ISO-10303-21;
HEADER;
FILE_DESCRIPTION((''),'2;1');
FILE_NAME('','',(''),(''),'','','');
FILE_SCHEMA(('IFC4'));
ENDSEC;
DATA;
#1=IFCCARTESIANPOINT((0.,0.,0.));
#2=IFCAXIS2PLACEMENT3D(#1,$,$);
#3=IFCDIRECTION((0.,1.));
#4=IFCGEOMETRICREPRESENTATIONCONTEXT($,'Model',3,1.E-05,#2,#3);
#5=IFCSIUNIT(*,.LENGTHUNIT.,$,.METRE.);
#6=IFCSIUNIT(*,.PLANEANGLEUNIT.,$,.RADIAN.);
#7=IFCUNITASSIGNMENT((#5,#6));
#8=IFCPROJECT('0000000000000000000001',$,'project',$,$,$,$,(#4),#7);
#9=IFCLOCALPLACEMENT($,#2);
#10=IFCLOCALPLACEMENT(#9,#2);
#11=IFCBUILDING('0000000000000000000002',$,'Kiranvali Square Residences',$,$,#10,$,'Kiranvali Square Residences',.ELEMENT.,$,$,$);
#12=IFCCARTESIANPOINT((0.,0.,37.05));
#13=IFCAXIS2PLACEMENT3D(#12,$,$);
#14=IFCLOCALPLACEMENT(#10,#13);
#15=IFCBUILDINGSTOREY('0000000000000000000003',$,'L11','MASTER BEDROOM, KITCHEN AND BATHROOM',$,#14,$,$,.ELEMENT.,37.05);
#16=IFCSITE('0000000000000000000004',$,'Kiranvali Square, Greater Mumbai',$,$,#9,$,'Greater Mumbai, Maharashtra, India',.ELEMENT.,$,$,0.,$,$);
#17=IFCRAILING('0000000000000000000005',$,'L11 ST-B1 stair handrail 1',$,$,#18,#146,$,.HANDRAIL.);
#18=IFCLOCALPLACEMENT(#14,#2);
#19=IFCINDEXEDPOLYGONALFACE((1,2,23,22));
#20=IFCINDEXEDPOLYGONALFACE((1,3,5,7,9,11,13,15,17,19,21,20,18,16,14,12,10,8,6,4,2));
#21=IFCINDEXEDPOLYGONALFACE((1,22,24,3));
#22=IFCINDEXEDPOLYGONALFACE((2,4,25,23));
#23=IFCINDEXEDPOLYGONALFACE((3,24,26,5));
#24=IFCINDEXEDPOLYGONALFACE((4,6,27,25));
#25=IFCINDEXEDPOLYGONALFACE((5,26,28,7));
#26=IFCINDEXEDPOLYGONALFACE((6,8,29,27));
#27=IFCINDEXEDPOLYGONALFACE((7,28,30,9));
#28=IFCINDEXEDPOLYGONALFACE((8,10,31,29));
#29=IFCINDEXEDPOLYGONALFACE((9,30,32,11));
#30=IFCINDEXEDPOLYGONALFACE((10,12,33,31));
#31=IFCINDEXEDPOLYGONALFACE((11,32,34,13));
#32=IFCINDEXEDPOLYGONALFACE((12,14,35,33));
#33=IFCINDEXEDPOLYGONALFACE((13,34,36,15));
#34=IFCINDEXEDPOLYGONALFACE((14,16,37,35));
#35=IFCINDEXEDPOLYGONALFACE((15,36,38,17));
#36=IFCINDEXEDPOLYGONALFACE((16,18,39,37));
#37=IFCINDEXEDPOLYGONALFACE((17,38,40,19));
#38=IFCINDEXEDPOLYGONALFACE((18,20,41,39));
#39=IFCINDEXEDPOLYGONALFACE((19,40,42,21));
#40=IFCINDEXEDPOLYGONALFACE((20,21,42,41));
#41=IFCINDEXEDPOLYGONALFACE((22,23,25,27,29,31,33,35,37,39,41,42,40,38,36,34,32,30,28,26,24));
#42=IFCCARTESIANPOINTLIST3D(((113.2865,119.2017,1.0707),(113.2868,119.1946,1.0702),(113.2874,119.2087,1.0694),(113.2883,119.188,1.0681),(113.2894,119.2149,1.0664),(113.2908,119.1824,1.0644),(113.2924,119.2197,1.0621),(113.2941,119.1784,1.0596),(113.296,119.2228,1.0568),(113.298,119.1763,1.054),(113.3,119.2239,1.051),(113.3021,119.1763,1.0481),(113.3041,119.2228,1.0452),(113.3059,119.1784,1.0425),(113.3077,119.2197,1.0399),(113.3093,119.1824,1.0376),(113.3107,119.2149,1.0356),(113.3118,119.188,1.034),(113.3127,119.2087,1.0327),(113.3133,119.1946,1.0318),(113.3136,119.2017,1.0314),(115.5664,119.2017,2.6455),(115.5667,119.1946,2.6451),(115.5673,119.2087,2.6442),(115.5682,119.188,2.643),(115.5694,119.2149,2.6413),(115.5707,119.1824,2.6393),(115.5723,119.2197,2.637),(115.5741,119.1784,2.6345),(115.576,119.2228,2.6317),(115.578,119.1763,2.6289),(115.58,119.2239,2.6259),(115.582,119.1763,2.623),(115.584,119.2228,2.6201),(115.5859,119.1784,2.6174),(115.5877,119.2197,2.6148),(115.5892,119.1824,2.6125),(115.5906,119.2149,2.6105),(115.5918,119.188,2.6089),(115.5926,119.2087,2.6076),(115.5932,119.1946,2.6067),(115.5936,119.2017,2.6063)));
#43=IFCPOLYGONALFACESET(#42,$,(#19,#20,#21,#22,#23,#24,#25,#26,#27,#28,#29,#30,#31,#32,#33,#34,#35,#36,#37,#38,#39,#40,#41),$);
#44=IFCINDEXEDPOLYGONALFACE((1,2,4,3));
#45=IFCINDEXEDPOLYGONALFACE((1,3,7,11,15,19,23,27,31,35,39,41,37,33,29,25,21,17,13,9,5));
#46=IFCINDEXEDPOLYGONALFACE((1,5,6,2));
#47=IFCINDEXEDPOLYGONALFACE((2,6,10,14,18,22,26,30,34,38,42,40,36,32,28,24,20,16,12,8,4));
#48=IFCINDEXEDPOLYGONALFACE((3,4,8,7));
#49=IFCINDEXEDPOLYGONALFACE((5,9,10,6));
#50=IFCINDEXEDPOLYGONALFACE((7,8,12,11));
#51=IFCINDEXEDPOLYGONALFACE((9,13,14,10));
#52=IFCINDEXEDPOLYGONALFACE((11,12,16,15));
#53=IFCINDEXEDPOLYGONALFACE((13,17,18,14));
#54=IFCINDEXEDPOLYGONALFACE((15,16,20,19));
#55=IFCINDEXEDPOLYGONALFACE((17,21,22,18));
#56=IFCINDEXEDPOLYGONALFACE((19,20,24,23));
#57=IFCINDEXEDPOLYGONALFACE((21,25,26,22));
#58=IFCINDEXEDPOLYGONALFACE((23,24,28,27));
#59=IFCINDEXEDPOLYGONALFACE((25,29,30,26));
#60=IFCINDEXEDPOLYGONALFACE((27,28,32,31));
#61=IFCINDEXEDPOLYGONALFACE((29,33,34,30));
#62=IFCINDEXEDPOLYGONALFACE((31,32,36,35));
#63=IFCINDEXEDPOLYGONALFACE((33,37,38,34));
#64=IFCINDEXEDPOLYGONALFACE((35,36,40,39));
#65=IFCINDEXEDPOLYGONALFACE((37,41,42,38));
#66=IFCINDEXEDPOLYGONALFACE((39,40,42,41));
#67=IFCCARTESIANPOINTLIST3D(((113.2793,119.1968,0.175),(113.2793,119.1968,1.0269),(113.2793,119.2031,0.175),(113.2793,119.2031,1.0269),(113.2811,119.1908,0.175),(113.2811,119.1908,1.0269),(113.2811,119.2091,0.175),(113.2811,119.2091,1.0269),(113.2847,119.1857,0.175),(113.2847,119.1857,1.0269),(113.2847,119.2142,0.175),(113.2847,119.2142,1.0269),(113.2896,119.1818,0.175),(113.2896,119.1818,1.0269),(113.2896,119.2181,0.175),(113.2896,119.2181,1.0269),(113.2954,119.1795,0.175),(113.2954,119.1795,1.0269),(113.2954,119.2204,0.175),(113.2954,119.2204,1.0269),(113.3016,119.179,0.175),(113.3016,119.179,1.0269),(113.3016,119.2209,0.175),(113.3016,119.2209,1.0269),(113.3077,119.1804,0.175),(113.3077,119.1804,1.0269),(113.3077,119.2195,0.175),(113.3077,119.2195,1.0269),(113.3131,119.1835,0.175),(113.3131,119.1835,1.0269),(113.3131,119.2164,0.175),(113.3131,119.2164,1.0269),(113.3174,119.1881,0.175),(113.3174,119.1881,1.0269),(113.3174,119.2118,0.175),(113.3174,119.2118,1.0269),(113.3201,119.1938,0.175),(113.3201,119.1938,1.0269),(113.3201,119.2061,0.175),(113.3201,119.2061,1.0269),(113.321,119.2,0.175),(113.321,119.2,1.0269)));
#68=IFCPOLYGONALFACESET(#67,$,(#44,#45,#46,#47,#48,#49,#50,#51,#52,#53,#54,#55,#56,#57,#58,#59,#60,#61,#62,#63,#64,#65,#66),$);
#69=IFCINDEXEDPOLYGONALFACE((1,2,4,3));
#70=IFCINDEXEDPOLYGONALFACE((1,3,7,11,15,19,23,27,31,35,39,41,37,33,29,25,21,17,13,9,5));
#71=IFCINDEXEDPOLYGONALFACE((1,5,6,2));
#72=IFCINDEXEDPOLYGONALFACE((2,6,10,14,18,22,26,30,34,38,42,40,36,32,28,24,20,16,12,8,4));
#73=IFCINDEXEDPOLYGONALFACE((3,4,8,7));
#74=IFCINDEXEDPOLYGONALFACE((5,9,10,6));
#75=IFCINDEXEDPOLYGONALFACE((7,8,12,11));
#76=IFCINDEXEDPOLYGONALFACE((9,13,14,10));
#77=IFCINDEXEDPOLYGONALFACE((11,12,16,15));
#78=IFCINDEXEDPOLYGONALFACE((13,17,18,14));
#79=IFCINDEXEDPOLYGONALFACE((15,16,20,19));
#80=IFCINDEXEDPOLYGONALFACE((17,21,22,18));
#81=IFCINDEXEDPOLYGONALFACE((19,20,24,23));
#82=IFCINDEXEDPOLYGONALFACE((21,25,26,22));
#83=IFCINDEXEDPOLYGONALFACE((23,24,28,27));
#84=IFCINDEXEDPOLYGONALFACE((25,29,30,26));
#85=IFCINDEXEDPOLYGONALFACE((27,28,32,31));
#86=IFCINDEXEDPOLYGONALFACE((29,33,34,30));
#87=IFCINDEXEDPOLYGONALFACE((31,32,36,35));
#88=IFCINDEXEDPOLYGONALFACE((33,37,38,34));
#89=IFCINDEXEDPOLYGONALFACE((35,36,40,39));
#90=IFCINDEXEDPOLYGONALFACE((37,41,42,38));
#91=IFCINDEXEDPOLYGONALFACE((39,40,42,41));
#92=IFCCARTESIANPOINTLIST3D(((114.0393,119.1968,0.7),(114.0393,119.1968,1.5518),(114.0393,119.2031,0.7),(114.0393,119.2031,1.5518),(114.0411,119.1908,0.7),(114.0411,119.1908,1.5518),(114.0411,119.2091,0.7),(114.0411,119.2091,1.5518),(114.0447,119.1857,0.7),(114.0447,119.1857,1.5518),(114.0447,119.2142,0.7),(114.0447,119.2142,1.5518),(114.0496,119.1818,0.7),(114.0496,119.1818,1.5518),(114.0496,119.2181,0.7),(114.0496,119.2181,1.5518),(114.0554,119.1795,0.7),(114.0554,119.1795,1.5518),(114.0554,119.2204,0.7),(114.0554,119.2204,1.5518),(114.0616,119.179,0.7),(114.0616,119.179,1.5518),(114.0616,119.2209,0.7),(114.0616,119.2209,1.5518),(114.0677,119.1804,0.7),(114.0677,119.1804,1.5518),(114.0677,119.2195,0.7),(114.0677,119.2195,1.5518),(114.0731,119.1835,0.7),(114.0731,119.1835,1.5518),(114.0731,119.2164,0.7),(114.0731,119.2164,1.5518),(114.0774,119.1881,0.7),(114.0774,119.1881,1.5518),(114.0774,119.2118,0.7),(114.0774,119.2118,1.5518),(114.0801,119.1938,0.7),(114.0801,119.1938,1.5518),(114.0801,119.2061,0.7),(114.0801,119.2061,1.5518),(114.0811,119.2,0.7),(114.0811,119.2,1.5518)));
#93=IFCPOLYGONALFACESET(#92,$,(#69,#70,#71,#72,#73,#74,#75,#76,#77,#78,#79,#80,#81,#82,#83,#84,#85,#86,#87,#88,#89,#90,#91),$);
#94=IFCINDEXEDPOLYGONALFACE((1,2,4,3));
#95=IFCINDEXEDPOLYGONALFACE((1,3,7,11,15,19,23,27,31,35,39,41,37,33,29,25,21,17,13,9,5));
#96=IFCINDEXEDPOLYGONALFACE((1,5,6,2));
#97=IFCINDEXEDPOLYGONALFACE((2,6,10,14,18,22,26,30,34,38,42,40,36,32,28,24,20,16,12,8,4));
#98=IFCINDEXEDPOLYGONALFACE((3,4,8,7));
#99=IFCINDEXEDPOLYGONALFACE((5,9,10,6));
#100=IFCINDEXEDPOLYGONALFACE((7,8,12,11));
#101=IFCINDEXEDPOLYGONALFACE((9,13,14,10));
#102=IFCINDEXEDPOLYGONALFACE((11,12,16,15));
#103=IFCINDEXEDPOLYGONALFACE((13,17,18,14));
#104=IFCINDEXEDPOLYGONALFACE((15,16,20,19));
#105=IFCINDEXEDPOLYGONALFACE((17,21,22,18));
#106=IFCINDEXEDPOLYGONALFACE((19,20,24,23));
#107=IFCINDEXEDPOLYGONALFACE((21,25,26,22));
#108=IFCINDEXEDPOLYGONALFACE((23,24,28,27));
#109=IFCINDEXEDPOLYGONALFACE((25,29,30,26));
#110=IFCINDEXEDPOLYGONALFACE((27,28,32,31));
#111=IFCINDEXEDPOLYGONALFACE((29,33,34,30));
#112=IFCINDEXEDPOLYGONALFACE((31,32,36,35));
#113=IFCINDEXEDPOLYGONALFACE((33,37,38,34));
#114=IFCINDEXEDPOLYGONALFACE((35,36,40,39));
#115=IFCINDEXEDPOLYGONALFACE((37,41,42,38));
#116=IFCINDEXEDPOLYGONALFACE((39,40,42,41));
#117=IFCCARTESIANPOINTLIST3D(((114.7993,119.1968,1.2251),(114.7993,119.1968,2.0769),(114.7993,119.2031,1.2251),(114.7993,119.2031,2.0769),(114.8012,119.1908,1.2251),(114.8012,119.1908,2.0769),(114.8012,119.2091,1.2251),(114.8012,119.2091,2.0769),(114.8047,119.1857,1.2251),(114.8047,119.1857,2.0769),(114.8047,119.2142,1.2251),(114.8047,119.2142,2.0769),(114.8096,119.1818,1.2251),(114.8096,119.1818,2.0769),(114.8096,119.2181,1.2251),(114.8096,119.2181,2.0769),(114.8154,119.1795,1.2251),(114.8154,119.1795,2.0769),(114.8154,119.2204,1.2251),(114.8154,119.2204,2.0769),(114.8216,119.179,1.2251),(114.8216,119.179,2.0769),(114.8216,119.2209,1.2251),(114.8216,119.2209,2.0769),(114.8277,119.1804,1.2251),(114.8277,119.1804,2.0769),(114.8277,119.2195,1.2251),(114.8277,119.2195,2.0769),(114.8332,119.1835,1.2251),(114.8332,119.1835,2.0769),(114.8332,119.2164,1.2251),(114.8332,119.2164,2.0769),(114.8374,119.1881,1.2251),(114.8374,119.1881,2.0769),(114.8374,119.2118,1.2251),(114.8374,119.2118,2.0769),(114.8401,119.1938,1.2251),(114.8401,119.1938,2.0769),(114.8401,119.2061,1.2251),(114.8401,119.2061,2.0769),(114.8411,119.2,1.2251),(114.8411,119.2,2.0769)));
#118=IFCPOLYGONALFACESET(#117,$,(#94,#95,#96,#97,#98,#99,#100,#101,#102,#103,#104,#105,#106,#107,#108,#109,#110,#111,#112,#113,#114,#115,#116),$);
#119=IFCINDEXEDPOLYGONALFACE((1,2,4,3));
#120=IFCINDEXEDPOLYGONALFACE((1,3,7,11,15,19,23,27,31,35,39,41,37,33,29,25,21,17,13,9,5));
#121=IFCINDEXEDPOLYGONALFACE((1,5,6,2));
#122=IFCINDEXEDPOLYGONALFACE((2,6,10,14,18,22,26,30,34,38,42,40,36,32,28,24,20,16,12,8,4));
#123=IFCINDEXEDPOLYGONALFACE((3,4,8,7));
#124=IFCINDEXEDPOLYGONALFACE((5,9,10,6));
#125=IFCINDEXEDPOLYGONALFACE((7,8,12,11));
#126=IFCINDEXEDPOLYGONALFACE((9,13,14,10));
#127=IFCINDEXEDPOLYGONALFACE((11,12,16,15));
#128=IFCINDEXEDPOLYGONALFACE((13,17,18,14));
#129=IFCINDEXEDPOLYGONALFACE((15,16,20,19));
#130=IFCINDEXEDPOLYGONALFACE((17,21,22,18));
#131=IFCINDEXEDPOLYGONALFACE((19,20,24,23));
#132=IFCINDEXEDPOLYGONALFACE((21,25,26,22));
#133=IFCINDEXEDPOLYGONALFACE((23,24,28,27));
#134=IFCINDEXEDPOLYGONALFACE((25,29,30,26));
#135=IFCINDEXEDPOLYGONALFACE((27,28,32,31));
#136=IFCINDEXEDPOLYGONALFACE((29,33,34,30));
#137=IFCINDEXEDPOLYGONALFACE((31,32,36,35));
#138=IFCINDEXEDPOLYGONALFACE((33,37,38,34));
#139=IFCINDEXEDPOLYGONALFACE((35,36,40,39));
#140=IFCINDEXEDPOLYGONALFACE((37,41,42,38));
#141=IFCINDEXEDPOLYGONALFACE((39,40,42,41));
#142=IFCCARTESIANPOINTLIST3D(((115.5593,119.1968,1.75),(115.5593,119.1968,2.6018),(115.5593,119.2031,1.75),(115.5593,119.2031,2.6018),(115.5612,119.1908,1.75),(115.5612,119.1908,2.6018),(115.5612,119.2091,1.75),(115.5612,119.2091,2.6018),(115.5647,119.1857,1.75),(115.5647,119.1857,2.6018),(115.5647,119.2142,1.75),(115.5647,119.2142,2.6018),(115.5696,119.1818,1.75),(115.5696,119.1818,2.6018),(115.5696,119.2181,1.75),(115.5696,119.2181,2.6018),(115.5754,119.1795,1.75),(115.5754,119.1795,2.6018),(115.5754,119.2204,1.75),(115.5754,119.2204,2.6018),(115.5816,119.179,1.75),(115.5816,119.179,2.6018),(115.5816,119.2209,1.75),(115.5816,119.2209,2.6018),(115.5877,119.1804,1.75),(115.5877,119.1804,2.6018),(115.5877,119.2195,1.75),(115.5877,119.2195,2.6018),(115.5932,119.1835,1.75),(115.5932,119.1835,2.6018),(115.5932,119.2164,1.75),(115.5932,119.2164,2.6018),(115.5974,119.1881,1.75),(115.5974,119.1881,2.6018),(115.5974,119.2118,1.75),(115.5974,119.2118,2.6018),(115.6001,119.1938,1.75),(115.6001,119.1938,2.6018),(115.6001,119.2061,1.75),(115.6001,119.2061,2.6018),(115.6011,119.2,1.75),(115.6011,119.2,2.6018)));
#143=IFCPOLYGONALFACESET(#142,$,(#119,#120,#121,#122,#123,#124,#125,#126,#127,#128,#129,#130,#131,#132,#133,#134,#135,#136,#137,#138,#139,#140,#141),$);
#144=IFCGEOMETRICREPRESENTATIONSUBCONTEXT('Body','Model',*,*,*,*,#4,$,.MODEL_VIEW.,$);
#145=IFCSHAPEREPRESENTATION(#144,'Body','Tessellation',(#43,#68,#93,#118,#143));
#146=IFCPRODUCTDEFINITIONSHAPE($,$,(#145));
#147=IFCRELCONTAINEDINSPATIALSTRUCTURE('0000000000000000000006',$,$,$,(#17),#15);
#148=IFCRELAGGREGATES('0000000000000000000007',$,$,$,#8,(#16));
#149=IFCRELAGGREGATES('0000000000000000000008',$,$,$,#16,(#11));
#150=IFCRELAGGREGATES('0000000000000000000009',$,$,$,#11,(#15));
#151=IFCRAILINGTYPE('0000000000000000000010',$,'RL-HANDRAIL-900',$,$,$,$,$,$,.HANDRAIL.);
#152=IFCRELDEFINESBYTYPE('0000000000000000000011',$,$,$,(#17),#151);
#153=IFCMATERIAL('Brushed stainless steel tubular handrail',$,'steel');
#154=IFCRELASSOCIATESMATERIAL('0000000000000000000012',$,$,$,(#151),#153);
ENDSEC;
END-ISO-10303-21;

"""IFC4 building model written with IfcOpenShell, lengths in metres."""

from ifc_helpers import new_model, si_unit, direction, frame, origin, origin_2d, place, context, subcontext, project, spatial, circle, extrude, material, type_object, element, save


model = new_model("IFC4")

# Units and contexts
model_context = context("Model", 3, precision=1e-05, world=origin(), true_north=direction((0.0, 1.0)))
body_context = subcontext(model_context, "Body", "Model", "MODEL_VIEW")
ifc_project = project(units=[si_unit("LENGTHUNIT", "METRE"), si_unit("PLANEANGLEUNIT", "RADIAN")], contexts=[model_context])

# Site, building, storey
site_placement = place(None, origin())
site = spatial("IfcSite", under=ifc_project, at=site_placement, Name="Kiranvali Square, Greater Mumbai", LongName="Greater Mumbai, Maharashtra, India", CompositionType="ELEMENT", RefElevation=0.0)
building_placement = place(site_placement, origin())
building = spatial("IfcBuilding", under=site, at=building_placement, Name="Kiranvali Square Residences", LongName="Kiranvali Square Residences", CompositionType="ELEMENT")
storey_placement = place(building_placement, frame((0.0, 0.0, 37.05)))
storey = spatial("IfcBuildingStorey", under=building, at=storey_placement, Name="L11", Description="MASTER BEDROOM, KITCHEN AND BATHROOM", CompositionType="ELEMENT", Elevation=37.05)

# Railing
ifc_material_1 = material(Name="Brushed stainless steel tubular handrail", Category="steel")
railing_type_1 = type_object("IfcRailingType", Name="RL-HANDRAIL-900", PredefinedType="HANDRAIL", material=ifc_material_1)
railing_1_placement = place(storey_placement, frame((113.3, 119.2, 0.175)))
element("IfcRailing", 1, at=railing_1_placement, inside=storey, type_object=railing_type_1, Name="L11 ST-B1 stair handrail 1", PredefinedType="HANDRAIL", context=body_context, shape_type="SweptSolid", body=[
    extrude(circle(Radius=0.0239, at=origin_2d()), frame((0.0, 0.0, 0.876), z_axis=(0.822788, 0.0, 0.568348), x_axis=(0.0, 1.0, 0.0)), (0.0, 0.0, 1.0), 2.771),
    extrude(circle(Radius=0.021, at=origin_2d()), origin(), (0.0, 0.0, 1.0), 0.8518),
    extrude(circle(Radius=0.021, at=origin_2d()), frame((0.76, 0.0, 0.5249)), (0.0, 0.0, 1.0), 0.8518),
    extrude(circle(Radius=0.021, at=origin_2d()), frame((1.52, 0.0, 1.05)), (0.0, 0.0, 1.0), 0.8518),
    extrude(circle(Radius=0.021, at=origin_2d()), frame((2.28, 0.0, 1.575)), (0.0, 0.0, 1.0), 0.8518),
])

save(model, "model.ifc")
